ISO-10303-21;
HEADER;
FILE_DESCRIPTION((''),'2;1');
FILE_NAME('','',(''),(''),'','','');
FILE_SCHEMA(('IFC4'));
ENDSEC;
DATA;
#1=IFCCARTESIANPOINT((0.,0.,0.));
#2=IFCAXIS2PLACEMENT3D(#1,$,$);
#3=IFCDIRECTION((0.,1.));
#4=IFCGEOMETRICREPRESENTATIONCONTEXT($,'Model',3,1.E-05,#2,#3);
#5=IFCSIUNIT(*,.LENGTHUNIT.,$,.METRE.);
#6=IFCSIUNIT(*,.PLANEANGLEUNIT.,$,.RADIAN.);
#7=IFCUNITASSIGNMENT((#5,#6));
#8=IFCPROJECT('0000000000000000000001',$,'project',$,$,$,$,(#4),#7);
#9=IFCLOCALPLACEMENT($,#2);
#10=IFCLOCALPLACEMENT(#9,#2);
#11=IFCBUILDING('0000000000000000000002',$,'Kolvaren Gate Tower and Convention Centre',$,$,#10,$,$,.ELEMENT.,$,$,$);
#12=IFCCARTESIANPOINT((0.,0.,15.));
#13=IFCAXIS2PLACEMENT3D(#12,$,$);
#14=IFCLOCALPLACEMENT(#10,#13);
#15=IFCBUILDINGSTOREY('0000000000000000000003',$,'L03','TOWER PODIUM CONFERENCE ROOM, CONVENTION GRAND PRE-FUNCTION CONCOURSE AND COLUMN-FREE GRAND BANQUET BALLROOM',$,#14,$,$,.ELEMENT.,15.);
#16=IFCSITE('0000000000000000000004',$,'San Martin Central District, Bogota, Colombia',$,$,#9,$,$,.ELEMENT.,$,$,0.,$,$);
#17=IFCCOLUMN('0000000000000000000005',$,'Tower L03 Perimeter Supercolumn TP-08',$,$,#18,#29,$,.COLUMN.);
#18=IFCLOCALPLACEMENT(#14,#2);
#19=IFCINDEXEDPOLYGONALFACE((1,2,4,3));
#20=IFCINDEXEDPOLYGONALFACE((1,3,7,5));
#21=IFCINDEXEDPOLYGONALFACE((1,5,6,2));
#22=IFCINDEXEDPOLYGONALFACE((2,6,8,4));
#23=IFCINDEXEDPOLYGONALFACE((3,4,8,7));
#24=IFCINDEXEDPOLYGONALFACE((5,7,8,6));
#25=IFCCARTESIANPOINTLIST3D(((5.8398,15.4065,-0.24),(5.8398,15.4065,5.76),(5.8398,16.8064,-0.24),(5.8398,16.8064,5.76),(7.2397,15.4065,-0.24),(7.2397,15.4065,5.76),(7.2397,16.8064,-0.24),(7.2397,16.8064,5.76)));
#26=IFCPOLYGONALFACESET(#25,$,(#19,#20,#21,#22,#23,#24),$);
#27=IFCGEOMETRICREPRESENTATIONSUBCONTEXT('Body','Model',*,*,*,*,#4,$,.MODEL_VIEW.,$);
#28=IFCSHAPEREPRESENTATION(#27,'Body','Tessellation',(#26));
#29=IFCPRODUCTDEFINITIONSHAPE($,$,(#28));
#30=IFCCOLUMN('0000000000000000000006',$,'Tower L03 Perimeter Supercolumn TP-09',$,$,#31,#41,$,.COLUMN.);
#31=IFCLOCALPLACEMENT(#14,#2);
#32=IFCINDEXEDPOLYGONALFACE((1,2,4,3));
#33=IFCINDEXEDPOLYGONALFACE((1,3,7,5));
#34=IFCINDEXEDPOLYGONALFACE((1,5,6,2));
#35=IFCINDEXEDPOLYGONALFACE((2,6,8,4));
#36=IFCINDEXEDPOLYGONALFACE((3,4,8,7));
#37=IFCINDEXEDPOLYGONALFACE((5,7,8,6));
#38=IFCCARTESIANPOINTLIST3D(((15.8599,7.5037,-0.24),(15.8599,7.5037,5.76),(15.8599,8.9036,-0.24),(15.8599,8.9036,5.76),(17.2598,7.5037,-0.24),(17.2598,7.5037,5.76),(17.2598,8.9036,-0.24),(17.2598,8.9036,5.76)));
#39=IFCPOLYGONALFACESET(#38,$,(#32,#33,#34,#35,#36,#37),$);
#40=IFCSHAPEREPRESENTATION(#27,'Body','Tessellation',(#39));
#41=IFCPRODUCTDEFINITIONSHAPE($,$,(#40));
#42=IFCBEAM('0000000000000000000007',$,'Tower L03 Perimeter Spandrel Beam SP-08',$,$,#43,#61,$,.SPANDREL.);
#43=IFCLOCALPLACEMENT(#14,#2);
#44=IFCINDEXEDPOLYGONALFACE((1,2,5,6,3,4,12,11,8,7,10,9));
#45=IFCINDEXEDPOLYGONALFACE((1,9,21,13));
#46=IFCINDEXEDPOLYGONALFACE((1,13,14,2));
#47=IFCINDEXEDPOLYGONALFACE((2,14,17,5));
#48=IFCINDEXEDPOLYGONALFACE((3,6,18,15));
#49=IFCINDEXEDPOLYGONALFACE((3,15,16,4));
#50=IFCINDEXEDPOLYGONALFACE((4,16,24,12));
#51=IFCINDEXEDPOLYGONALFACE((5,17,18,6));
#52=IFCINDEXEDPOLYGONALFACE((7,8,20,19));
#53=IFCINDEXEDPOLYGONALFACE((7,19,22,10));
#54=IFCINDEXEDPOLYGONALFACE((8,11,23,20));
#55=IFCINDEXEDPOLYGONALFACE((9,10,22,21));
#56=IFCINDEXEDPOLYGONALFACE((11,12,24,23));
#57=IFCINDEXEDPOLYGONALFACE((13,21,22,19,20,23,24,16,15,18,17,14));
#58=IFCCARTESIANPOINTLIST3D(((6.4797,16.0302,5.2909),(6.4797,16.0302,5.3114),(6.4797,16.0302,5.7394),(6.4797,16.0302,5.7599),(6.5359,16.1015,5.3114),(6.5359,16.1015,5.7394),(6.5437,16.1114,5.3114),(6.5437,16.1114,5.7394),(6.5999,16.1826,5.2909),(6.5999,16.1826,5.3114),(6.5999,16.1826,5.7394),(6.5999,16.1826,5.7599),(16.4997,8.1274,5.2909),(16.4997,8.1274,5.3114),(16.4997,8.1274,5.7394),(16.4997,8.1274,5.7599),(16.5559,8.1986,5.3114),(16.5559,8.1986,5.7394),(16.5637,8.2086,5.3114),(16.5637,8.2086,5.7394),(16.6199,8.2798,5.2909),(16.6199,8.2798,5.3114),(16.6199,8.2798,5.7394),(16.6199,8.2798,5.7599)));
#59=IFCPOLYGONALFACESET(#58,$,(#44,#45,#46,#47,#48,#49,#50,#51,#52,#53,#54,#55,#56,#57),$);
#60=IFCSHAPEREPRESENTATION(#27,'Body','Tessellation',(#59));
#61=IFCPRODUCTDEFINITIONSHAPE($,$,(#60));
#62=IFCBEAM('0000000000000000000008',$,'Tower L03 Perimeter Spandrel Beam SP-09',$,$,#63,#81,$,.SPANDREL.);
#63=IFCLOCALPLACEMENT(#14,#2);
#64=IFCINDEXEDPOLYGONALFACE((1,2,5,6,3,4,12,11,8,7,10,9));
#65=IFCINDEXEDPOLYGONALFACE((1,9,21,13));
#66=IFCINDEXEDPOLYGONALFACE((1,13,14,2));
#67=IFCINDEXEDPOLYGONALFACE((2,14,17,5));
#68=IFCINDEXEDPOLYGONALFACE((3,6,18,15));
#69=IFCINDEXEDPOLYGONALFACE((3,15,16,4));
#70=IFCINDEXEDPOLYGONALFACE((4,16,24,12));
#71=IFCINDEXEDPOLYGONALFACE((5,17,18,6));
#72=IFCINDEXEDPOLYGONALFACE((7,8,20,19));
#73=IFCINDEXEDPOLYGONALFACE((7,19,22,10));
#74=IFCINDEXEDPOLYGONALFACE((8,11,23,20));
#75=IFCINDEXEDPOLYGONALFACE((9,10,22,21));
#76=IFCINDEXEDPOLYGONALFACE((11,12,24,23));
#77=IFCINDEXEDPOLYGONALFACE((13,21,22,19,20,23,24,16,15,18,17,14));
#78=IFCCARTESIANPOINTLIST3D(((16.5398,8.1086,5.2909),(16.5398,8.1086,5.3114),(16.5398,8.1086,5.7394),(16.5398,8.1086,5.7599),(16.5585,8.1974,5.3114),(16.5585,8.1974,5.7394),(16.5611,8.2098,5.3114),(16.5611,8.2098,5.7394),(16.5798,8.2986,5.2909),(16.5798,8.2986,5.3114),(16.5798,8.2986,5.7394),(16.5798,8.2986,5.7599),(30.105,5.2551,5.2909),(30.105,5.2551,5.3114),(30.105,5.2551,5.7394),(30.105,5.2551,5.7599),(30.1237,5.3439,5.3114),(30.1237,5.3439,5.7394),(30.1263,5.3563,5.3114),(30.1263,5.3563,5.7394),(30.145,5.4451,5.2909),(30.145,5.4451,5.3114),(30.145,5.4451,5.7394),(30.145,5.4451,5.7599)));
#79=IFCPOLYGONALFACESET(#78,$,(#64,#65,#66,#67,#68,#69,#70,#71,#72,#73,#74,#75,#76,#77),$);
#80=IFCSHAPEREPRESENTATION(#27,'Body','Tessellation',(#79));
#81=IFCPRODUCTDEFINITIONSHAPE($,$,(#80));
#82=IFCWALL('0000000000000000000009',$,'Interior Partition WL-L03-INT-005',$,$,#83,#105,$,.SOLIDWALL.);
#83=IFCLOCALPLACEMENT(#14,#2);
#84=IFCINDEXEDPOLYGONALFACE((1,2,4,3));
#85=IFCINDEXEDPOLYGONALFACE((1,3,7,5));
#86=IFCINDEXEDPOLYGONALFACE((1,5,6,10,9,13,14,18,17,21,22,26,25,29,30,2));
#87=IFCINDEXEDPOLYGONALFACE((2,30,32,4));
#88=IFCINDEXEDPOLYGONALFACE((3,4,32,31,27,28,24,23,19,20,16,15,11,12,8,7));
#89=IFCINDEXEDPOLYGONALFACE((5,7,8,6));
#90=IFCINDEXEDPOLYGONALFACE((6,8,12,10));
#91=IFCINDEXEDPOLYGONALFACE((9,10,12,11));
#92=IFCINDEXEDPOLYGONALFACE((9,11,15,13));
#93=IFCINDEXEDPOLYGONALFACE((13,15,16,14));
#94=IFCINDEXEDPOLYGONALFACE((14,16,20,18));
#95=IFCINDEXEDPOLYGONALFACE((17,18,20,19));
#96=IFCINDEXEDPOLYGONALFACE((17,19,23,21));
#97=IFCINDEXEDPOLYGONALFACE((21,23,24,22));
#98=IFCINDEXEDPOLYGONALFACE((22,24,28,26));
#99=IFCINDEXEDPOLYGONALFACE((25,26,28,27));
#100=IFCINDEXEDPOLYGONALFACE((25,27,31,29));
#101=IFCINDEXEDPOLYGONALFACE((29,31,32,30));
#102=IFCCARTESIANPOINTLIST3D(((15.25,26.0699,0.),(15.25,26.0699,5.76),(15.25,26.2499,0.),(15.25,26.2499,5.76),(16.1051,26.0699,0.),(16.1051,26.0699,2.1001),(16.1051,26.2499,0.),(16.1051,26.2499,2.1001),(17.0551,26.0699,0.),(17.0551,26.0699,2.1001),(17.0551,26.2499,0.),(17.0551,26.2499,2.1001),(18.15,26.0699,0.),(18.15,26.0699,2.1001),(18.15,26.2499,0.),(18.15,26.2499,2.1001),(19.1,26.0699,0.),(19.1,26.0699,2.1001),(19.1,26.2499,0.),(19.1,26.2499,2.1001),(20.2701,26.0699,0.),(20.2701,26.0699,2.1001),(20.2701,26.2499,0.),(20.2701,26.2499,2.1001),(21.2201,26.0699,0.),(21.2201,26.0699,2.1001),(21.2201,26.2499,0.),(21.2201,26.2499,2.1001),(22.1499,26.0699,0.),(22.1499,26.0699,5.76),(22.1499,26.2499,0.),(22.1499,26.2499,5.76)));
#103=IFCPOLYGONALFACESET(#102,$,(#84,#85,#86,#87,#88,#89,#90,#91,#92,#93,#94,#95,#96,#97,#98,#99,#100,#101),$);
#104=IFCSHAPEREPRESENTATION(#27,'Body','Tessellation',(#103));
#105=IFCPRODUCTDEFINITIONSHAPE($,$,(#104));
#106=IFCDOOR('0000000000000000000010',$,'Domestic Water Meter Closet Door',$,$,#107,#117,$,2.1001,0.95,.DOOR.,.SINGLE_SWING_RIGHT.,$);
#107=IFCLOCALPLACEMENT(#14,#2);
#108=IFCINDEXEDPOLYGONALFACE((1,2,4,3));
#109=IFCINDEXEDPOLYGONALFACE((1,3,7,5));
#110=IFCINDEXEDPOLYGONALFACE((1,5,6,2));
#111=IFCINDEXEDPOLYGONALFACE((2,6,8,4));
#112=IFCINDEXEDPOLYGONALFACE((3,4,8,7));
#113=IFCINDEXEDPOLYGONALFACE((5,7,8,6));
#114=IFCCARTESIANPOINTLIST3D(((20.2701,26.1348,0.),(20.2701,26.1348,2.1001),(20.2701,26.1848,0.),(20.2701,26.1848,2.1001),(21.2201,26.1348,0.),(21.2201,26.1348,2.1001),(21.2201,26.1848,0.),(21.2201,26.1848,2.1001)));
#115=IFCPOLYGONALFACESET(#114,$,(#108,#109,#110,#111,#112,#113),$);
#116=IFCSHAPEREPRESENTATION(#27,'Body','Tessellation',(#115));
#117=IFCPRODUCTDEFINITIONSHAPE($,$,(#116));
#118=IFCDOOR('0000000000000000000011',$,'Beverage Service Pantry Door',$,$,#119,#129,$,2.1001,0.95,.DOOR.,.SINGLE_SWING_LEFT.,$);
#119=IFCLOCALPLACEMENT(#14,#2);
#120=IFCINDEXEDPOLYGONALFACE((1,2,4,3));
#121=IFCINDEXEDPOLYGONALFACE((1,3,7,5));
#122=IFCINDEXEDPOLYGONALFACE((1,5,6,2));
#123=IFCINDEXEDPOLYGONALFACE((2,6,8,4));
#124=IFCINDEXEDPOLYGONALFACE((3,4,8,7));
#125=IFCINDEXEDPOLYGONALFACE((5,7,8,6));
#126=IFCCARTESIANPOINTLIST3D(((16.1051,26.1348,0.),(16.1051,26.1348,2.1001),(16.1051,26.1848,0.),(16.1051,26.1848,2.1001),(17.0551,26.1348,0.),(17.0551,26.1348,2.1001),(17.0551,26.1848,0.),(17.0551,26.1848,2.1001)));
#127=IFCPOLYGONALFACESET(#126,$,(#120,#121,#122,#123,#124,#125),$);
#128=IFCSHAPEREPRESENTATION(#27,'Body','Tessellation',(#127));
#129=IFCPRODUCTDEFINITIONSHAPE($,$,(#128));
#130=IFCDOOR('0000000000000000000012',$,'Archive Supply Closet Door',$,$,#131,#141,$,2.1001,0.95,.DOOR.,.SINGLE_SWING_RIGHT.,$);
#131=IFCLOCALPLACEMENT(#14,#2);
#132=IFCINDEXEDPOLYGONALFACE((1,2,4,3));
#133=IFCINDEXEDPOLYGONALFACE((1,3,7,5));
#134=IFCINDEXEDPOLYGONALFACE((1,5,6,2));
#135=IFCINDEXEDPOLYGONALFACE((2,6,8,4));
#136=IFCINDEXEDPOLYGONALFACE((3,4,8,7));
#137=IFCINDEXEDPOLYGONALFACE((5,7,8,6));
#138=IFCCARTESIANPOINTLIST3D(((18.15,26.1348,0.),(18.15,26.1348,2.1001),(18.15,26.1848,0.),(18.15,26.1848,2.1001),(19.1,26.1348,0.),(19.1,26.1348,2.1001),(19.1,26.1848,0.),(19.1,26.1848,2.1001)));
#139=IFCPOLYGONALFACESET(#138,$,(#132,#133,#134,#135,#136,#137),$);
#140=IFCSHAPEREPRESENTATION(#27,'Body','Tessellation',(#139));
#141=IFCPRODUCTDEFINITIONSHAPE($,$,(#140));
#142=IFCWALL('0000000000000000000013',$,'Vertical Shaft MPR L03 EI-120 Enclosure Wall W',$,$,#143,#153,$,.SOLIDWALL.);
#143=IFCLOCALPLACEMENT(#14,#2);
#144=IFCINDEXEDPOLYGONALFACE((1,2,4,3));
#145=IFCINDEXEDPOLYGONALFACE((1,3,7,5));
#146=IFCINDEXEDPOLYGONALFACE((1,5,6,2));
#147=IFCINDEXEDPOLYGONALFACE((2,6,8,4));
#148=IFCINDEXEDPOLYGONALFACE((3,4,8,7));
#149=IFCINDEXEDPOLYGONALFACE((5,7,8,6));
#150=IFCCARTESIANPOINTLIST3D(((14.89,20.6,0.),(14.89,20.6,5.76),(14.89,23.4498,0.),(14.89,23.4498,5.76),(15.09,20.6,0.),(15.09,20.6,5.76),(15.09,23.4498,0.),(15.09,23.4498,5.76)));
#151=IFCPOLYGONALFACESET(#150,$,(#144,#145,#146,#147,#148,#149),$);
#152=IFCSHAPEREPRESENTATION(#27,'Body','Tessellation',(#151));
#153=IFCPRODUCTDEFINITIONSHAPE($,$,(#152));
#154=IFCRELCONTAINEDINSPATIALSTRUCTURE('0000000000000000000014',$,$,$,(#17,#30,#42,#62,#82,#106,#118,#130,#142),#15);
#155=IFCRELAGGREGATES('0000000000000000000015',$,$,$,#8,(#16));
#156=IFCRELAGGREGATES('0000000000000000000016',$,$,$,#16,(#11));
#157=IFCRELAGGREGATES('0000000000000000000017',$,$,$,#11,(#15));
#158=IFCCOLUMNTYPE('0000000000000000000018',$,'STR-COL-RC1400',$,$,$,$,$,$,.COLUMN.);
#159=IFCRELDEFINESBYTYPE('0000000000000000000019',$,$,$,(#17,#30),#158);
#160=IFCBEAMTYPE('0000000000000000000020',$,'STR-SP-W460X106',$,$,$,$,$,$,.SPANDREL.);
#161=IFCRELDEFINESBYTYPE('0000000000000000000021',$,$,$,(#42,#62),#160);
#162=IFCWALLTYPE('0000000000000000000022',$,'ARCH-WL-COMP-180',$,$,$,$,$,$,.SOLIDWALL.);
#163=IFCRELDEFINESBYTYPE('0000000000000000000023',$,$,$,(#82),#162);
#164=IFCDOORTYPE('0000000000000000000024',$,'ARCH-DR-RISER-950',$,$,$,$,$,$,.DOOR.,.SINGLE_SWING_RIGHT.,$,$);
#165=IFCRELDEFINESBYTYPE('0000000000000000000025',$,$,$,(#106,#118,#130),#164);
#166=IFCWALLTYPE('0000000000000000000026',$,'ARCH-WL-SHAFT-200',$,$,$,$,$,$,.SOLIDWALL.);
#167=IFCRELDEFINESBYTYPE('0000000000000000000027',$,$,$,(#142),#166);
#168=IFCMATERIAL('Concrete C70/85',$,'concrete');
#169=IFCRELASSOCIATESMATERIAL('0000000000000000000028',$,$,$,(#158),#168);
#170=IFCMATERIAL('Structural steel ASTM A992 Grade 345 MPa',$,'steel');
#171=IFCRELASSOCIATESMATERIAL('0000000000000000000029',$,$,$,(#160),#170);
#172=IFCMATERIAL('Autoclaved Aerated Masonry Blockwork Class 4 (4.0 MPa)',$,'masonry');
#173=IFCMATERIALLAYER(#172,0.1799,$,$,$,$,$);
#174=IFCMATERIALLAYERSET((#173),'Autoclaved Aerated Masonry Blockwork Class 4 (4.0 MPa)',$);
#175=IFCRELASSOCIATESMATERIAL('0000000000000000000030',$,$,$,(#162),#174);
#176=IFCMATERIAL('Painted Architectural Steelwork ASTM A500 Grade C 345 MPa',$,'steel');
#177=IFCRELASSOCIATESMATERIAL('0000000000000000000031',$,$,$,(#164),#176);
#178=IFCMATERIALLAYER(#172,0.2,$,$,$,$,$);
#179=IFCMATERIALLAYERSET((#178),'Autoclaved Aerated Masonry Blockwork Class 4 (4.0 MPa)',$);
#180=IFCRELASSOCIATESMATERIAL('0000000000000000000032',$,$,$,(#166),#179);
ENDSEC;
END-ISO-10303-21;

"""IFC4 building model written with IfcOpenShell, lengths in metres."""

from ifc_helpers import new_model, si_unit, direction, frame, frame_2d, origin, origin_2d, place, context, subcontext, project, spatial, rectangle, i_section, extrude, material, layer, layer_set, material_profile, profile_set, type_object, element, fill, save


model = new_model("IFC4")

# Units and contexts
model_context = context("Model", 3, precision=1e-05, world=origin(), true_north=direction((0.0, 1.0)))
body_context = subcontext(model_context, "Body", "Model", "MODEL_VIEW")
ifc_project = project(units=[si_unit("LENGTHUNIT", "METRE"), si_unit("PLANEANGLEUNIT", "RADIAN")], contexts=[model_context])

# Site, building, storey
site_placement = place(None, origin())
site = spatial("IfcSite", under=ifc_project, at=site_placement, Name="San Martin Central District, Bogota, Colombia", CompositionType="ELEMENT", RefElevation=0.0)
building_placement = place(site_placement, origin())
building = spatial("IfcBuilding", under=site, at=building_placement, Name="Kolvaren Gate Tower and Convention Centre", CompositionType="ELEMENT")
storey_placement = place(building_placement, frame((0.0, 0.0, 15.0)))
storey = spatial("IfcBuildingStorey", under=building, at=storey_placement, Name="L03", Description="TOWER PODIUM CONFERENCE ROOM, CONVENTION GRAND PRE-FUNCTION CONCOURSE AND COLUMN-FREE GRAND BANQUET BALLROOM", CompositionType="ELEMENT", Elevation=15.0)

# Columns
ifc_material_1 = material(Name="Concrete C70/85", Category="concrete")
ifc_material_profile_1 = material_profile(ifc_material_1, rectangle(XDim=1.3999, YDim=1.3999, at=origin_2d()), Name="RC-COL-1400X1400")
ifc_profile_set_1 = profile_set([ifc_material_profile_1], Name="Concrete C70/85")
column_type = type_object("IfcColumnType", Name="STR-COL-RC1400", PredefinedType="COLUMN", material=ifc_profile_set_1)
for number, where, z_axis, x_axis, name in (
    (1, (6.5398, 16.1064, -0.24), (0.0, 0.0, 1.0), (1.0, 0.0, 0.0), "Tower L03 Perimeter Supercolumn TP-08"),
    (2, (16.5598, 8.2036, -0.24), (0.0, 0.0, 1.0), (1.0, 0.0, 0.0), "Tower L03 Perimeter Supercolumn TP-09"),
):
    element("IfcColumn", number, at=place(storey_placement, frame(where, z_axis=z_axis, x_axis=x_axis)), inside=storey, type_object=column_type, Name=name, PredefinedType="COLUMN", context=body_context, shape_type="SweptSolid", body=[
        extrude(rectangle(XDim=1.3999, YDim=1.3999, at=origin_2d()), origin(), (0.0, 0.0, 1.0), 6.0),
    ])

# Beams
ifc_material_2 = material(Name="Structural steel ASTM A992 Grade 345 MPa", Category="steel")
ifc_material_profile_2 = material_profile(ifc_material_2, i_section(OverallWidth=0.1941, OverallDepth=0.469, WebThickness=0.0127, FlangeThickness=0.0205, at=origin_2d()), Name="W460X106")
ifc_profile_set_2 = profile_set([ifc_material_profile_2], Name="Structural steel ASTM A992 Grade 345 MPa")
beam_type = type_object("IfcBeamType", Name="STR-SP-W460X106", PredefinedType="SPANDREL", material=ifc_profile_set_2)
beam_1_placement = place(storey_placement, frame((6.5398, 16.1064, 5.5254), z_axis=(0.785176, -0.619272, 0.0), x_axis=(0.619272, 0.785176, 0.0)))
element("IfcBeam", 3, at=beam_1_placement, inside=storey, type_object=beam_type, Name="Tower L03 Perimeter Spandrel Beam SP-08", PredefinedType="SPANDREL", context=body_context, shape_type="SweptSolid", body=[
    extrude(i_section(OverallWidth=0.1941, OverallDepth=0.469, WebThickness=0.0127, FlangeThickness=0.0205, at=origin_2d()), origin(), (0.0, 0.0, 1.0), 12.7615),
])
beam_2_placement = place(storey_placement, frame((16.5598, 8.2036, 5.5254), z_axis=(0.978583, -0.205851, 0.0), x_axis=(0.205851, 0.978583, 0.0)))
element("IfcBeam", 4, at=beam_2_placement, inside=storey, type_object=beam_type, Name="Tower L03 Perimeter Spandrel Beam SP-09", PredefinedType="SPANDREL", context=body_context, shape_type="SweptSolid", body=[
    extrude(i_section(OverallWidth=0.1941, OverallDepth=0.469, WebThickness=0.0127, FlangeThickness=0.0205, at=origin_2d()), origin(), (0.0, 0.0, 1.0), 13.8621),
])

# Wall, openings, doors
ifc_material_3 = material(Name="Autoclaved Aerated Masonry Blockwork Class 4 (4.0 MPa)", Category="masonry")
ifc_layer_1 = layer(ifc_material_3, 0.1799)
ifc_layer_set_1 = layer_set([ifc_layer_1], Name="Autoclaved Aerated Masonry Blockwork Class 4 (4.0 MPa)")
wall_type_1 = type_object("IfcWallType", Name="ARCH-WL-COMP-180", PredefinedType="SOLIDWALL", material=ifc_layer_set_1)
wall_1_placement = place(storey_placement, frame((15.25, 26.1599, 0.0), z_axis=(0.0, 0.0, 1.0), x_axis=(1.0, 0.0, 0.0)))
wall_1 = element("IfcWall", 5, at=wall_1_placement, inside=storey, type_object=wall_type_1, Name="Interior Partition WL-L03-INT-005", PredefinedType="SOLIDWALL", context=body_context, shape_type="SweptSolid", body=[
    extrude(rectangle(XDim=6.8999, YDim=0.1799, at=frame_2d((3.45, 0.0))), origin(), (0.0, 0.0, 1.0), 5.76),
])
opening_1_placement = place(wall_1_placement, frame((5.02, 0.0, 0.0)))
opening_1 = element("IfcOpeningElement", 6, at=opening_1_placement, cuts=wall_1, PredefinedType="OPENING", context=body_context, shape_type="SweptSolid", body=[
    extrude(rectangle(XDim=0.95, YDim=2.1001, at=frame_2d((0.4751, 1.05))), frame((0.0, 0.0999, 0.0), z_axis=(0.0, -1.0, 0.0), x_axis=(1.0, 0.0, 0.0)), (0.0, 0.0, 1.0), 0.2),
])
opening_2_placement = place(wall_1_placement, frame((0.855, 0.0, 0.0)))
opening_2 = element("IfcOpeningElement", 7, at=opening_2_placement, cuts=wall_1, PredefinedType="OPENING", context=body_context, shape_type="SweptSolid", body=[
    extrude(rectangle(XDim=0.95, YDim=2.1001, at=frame_2d((0.4751, 1.05))), frame((0.0, 0.0999, 0.0), z_axis=(0.0, -1.0, 0.0), x_axis=(1.0, 0.0, 0.0)), (0.0, 0.0, 1.0), 0.2),
])
opening_3_placement = place(wall_1_placement, frame((2.8999, 0.0, 0.0)))
opening_3 = element("IfcOpeningElement", 8, at=opening_3_placement, cuts=wall_1, PredefinedType="OPENING", context=body_context, shape_type="SweptSolid", body=[
    extrude(rectangle(XDim=0.95, YDim=2.1001, at=frame_2d((0.4751, 1.05))), frame((0.0, 0.0999, 0.0), z_axis=(0.0, -1.0, 0.0), x_axis=(1.0, 0.0, 0.0)), (0.0, 0.0, 1.0), 0.2),
])
ifc_material_4 = material(Name="Painted Architectural Steelwork ASTM A500 Grade C 345 MPa", Category="steel")
door_type = type_object("IfcDoorType", Name="ARCH-DR-RISER-950", OperationType="SINGLE_SWING_RIGHT", PredefinedType="DOOR", material=ifc_material_4)
door_1_placement = place(opening_1_placement, origin())
door_1 = element("IfcDoor", 9, at=door_1_placement, inside=storey, type_object=door_type, Name="Domestic Water Meter Closet Door", OperationType="SINGLE_SWING_RIGHT", OverallHeight=2.1001, OverallWidth=0.95, PredefinedType="DOOR", context=body_context, shape_type="SweptSolid", body=[
    extrude(rectangle(XDim=0.95, YDim=2.1001, at=frame_2d((0.4751, 1.05))), frame((0.0, 0.0249, 0.0), z_axis=(0.0, -1.0, 0.0), x_axis=(1.0, 0.0, 0.0)), (0.0, 0.0, 1.0), 0.05),
])
fill(opening_1, door_1)
door_2_placement = place(opening_2_placement, origin())
door_2 = element("IfcDoor", 10, at=door_2_placement, inside=storey, type_object=door_type, Name="Beverage Service Pantry Door", OperationType="SINGLE_SWING_LEFT", OverallHeight=2.1001, OverallWidth=0.95, PredefinedType="DOOR", context=body_context, shape_type="SweptSolid", body=[
    extrude(rectangle(XDim=0.95, YDim=2.1001, at=frame_2d((0.4751, 1.05))), frame((0.0, 0.0249, 0.0), z_axis=(0.0, -1.0, 0.0), x_axis=(1.0, 0.0, 0.0)), (0.0, 0.0, 1.0), 0.05),
])
fill(opening_2, door_2)
door_3_placement = place(opening_3_placement, origin())
door_3 = element("IfcDoor", 11, at=door_3_placement, inside=storey, type_object=door_type, Name="Archive Supply Closet Door", OperationType="SINGLE_SWING_RIGHT", OverallHeight=2.1001, OverallWidth=0.95, PredefinedType="DOOR", context=body_context, shape_type="SweptSolid", body=[
    extrude(rectangle(XDim=0.95, YDim=2.1001, at=frame_2d((0.4751, 1.05))), frame((0.0, 0.0249, 0.0), z_axis=(0.0, -1.0, 0.0), x_axis=(1.0, 0.0, 0.0)), (0.0, 0.0, 1.0), 0.05),
])
fill(opening_3, door_3)

# Wall
ifc_layer_2 = layer(ifc_material_3, 0.2)
ifc_layer_set_2 = layer_set([ifc_layer_2], Name="Autoclaved Aerated Masonry Blockwork Class 4 (4.0 MPa)")
wall_type_2 = type_object("IfcWallType", Name="ARCH-WL-SHAFT-200", PredefinedType="SOLIDWALL", material=ifc_layer_set_2)
wall_2_placement = place(storey_placement, frame((14.99, 20.6001, 0.0), z_axis=(0.0, 0.0, 1.0), x_axis=(0.0, 1.0, 0.0)))
element("IfcWall", 12, at=wall_2_placement, inside=storey, type_object=wall_type_2, Name="Vertical Shaft MPR L03 EI-120 Enclosure Wall W", PredefinedType="SOLIDWALL", context=body_context, shape_type="SweptSolid", body=[
    extrude(rectangle(XDim=2.8499, YDim=0.2, at=frame_2d((1.4248, 0.0))), origin(), (0.0, 0.0, 1.0), 5.76),
])

save(model, "model.ifc")
